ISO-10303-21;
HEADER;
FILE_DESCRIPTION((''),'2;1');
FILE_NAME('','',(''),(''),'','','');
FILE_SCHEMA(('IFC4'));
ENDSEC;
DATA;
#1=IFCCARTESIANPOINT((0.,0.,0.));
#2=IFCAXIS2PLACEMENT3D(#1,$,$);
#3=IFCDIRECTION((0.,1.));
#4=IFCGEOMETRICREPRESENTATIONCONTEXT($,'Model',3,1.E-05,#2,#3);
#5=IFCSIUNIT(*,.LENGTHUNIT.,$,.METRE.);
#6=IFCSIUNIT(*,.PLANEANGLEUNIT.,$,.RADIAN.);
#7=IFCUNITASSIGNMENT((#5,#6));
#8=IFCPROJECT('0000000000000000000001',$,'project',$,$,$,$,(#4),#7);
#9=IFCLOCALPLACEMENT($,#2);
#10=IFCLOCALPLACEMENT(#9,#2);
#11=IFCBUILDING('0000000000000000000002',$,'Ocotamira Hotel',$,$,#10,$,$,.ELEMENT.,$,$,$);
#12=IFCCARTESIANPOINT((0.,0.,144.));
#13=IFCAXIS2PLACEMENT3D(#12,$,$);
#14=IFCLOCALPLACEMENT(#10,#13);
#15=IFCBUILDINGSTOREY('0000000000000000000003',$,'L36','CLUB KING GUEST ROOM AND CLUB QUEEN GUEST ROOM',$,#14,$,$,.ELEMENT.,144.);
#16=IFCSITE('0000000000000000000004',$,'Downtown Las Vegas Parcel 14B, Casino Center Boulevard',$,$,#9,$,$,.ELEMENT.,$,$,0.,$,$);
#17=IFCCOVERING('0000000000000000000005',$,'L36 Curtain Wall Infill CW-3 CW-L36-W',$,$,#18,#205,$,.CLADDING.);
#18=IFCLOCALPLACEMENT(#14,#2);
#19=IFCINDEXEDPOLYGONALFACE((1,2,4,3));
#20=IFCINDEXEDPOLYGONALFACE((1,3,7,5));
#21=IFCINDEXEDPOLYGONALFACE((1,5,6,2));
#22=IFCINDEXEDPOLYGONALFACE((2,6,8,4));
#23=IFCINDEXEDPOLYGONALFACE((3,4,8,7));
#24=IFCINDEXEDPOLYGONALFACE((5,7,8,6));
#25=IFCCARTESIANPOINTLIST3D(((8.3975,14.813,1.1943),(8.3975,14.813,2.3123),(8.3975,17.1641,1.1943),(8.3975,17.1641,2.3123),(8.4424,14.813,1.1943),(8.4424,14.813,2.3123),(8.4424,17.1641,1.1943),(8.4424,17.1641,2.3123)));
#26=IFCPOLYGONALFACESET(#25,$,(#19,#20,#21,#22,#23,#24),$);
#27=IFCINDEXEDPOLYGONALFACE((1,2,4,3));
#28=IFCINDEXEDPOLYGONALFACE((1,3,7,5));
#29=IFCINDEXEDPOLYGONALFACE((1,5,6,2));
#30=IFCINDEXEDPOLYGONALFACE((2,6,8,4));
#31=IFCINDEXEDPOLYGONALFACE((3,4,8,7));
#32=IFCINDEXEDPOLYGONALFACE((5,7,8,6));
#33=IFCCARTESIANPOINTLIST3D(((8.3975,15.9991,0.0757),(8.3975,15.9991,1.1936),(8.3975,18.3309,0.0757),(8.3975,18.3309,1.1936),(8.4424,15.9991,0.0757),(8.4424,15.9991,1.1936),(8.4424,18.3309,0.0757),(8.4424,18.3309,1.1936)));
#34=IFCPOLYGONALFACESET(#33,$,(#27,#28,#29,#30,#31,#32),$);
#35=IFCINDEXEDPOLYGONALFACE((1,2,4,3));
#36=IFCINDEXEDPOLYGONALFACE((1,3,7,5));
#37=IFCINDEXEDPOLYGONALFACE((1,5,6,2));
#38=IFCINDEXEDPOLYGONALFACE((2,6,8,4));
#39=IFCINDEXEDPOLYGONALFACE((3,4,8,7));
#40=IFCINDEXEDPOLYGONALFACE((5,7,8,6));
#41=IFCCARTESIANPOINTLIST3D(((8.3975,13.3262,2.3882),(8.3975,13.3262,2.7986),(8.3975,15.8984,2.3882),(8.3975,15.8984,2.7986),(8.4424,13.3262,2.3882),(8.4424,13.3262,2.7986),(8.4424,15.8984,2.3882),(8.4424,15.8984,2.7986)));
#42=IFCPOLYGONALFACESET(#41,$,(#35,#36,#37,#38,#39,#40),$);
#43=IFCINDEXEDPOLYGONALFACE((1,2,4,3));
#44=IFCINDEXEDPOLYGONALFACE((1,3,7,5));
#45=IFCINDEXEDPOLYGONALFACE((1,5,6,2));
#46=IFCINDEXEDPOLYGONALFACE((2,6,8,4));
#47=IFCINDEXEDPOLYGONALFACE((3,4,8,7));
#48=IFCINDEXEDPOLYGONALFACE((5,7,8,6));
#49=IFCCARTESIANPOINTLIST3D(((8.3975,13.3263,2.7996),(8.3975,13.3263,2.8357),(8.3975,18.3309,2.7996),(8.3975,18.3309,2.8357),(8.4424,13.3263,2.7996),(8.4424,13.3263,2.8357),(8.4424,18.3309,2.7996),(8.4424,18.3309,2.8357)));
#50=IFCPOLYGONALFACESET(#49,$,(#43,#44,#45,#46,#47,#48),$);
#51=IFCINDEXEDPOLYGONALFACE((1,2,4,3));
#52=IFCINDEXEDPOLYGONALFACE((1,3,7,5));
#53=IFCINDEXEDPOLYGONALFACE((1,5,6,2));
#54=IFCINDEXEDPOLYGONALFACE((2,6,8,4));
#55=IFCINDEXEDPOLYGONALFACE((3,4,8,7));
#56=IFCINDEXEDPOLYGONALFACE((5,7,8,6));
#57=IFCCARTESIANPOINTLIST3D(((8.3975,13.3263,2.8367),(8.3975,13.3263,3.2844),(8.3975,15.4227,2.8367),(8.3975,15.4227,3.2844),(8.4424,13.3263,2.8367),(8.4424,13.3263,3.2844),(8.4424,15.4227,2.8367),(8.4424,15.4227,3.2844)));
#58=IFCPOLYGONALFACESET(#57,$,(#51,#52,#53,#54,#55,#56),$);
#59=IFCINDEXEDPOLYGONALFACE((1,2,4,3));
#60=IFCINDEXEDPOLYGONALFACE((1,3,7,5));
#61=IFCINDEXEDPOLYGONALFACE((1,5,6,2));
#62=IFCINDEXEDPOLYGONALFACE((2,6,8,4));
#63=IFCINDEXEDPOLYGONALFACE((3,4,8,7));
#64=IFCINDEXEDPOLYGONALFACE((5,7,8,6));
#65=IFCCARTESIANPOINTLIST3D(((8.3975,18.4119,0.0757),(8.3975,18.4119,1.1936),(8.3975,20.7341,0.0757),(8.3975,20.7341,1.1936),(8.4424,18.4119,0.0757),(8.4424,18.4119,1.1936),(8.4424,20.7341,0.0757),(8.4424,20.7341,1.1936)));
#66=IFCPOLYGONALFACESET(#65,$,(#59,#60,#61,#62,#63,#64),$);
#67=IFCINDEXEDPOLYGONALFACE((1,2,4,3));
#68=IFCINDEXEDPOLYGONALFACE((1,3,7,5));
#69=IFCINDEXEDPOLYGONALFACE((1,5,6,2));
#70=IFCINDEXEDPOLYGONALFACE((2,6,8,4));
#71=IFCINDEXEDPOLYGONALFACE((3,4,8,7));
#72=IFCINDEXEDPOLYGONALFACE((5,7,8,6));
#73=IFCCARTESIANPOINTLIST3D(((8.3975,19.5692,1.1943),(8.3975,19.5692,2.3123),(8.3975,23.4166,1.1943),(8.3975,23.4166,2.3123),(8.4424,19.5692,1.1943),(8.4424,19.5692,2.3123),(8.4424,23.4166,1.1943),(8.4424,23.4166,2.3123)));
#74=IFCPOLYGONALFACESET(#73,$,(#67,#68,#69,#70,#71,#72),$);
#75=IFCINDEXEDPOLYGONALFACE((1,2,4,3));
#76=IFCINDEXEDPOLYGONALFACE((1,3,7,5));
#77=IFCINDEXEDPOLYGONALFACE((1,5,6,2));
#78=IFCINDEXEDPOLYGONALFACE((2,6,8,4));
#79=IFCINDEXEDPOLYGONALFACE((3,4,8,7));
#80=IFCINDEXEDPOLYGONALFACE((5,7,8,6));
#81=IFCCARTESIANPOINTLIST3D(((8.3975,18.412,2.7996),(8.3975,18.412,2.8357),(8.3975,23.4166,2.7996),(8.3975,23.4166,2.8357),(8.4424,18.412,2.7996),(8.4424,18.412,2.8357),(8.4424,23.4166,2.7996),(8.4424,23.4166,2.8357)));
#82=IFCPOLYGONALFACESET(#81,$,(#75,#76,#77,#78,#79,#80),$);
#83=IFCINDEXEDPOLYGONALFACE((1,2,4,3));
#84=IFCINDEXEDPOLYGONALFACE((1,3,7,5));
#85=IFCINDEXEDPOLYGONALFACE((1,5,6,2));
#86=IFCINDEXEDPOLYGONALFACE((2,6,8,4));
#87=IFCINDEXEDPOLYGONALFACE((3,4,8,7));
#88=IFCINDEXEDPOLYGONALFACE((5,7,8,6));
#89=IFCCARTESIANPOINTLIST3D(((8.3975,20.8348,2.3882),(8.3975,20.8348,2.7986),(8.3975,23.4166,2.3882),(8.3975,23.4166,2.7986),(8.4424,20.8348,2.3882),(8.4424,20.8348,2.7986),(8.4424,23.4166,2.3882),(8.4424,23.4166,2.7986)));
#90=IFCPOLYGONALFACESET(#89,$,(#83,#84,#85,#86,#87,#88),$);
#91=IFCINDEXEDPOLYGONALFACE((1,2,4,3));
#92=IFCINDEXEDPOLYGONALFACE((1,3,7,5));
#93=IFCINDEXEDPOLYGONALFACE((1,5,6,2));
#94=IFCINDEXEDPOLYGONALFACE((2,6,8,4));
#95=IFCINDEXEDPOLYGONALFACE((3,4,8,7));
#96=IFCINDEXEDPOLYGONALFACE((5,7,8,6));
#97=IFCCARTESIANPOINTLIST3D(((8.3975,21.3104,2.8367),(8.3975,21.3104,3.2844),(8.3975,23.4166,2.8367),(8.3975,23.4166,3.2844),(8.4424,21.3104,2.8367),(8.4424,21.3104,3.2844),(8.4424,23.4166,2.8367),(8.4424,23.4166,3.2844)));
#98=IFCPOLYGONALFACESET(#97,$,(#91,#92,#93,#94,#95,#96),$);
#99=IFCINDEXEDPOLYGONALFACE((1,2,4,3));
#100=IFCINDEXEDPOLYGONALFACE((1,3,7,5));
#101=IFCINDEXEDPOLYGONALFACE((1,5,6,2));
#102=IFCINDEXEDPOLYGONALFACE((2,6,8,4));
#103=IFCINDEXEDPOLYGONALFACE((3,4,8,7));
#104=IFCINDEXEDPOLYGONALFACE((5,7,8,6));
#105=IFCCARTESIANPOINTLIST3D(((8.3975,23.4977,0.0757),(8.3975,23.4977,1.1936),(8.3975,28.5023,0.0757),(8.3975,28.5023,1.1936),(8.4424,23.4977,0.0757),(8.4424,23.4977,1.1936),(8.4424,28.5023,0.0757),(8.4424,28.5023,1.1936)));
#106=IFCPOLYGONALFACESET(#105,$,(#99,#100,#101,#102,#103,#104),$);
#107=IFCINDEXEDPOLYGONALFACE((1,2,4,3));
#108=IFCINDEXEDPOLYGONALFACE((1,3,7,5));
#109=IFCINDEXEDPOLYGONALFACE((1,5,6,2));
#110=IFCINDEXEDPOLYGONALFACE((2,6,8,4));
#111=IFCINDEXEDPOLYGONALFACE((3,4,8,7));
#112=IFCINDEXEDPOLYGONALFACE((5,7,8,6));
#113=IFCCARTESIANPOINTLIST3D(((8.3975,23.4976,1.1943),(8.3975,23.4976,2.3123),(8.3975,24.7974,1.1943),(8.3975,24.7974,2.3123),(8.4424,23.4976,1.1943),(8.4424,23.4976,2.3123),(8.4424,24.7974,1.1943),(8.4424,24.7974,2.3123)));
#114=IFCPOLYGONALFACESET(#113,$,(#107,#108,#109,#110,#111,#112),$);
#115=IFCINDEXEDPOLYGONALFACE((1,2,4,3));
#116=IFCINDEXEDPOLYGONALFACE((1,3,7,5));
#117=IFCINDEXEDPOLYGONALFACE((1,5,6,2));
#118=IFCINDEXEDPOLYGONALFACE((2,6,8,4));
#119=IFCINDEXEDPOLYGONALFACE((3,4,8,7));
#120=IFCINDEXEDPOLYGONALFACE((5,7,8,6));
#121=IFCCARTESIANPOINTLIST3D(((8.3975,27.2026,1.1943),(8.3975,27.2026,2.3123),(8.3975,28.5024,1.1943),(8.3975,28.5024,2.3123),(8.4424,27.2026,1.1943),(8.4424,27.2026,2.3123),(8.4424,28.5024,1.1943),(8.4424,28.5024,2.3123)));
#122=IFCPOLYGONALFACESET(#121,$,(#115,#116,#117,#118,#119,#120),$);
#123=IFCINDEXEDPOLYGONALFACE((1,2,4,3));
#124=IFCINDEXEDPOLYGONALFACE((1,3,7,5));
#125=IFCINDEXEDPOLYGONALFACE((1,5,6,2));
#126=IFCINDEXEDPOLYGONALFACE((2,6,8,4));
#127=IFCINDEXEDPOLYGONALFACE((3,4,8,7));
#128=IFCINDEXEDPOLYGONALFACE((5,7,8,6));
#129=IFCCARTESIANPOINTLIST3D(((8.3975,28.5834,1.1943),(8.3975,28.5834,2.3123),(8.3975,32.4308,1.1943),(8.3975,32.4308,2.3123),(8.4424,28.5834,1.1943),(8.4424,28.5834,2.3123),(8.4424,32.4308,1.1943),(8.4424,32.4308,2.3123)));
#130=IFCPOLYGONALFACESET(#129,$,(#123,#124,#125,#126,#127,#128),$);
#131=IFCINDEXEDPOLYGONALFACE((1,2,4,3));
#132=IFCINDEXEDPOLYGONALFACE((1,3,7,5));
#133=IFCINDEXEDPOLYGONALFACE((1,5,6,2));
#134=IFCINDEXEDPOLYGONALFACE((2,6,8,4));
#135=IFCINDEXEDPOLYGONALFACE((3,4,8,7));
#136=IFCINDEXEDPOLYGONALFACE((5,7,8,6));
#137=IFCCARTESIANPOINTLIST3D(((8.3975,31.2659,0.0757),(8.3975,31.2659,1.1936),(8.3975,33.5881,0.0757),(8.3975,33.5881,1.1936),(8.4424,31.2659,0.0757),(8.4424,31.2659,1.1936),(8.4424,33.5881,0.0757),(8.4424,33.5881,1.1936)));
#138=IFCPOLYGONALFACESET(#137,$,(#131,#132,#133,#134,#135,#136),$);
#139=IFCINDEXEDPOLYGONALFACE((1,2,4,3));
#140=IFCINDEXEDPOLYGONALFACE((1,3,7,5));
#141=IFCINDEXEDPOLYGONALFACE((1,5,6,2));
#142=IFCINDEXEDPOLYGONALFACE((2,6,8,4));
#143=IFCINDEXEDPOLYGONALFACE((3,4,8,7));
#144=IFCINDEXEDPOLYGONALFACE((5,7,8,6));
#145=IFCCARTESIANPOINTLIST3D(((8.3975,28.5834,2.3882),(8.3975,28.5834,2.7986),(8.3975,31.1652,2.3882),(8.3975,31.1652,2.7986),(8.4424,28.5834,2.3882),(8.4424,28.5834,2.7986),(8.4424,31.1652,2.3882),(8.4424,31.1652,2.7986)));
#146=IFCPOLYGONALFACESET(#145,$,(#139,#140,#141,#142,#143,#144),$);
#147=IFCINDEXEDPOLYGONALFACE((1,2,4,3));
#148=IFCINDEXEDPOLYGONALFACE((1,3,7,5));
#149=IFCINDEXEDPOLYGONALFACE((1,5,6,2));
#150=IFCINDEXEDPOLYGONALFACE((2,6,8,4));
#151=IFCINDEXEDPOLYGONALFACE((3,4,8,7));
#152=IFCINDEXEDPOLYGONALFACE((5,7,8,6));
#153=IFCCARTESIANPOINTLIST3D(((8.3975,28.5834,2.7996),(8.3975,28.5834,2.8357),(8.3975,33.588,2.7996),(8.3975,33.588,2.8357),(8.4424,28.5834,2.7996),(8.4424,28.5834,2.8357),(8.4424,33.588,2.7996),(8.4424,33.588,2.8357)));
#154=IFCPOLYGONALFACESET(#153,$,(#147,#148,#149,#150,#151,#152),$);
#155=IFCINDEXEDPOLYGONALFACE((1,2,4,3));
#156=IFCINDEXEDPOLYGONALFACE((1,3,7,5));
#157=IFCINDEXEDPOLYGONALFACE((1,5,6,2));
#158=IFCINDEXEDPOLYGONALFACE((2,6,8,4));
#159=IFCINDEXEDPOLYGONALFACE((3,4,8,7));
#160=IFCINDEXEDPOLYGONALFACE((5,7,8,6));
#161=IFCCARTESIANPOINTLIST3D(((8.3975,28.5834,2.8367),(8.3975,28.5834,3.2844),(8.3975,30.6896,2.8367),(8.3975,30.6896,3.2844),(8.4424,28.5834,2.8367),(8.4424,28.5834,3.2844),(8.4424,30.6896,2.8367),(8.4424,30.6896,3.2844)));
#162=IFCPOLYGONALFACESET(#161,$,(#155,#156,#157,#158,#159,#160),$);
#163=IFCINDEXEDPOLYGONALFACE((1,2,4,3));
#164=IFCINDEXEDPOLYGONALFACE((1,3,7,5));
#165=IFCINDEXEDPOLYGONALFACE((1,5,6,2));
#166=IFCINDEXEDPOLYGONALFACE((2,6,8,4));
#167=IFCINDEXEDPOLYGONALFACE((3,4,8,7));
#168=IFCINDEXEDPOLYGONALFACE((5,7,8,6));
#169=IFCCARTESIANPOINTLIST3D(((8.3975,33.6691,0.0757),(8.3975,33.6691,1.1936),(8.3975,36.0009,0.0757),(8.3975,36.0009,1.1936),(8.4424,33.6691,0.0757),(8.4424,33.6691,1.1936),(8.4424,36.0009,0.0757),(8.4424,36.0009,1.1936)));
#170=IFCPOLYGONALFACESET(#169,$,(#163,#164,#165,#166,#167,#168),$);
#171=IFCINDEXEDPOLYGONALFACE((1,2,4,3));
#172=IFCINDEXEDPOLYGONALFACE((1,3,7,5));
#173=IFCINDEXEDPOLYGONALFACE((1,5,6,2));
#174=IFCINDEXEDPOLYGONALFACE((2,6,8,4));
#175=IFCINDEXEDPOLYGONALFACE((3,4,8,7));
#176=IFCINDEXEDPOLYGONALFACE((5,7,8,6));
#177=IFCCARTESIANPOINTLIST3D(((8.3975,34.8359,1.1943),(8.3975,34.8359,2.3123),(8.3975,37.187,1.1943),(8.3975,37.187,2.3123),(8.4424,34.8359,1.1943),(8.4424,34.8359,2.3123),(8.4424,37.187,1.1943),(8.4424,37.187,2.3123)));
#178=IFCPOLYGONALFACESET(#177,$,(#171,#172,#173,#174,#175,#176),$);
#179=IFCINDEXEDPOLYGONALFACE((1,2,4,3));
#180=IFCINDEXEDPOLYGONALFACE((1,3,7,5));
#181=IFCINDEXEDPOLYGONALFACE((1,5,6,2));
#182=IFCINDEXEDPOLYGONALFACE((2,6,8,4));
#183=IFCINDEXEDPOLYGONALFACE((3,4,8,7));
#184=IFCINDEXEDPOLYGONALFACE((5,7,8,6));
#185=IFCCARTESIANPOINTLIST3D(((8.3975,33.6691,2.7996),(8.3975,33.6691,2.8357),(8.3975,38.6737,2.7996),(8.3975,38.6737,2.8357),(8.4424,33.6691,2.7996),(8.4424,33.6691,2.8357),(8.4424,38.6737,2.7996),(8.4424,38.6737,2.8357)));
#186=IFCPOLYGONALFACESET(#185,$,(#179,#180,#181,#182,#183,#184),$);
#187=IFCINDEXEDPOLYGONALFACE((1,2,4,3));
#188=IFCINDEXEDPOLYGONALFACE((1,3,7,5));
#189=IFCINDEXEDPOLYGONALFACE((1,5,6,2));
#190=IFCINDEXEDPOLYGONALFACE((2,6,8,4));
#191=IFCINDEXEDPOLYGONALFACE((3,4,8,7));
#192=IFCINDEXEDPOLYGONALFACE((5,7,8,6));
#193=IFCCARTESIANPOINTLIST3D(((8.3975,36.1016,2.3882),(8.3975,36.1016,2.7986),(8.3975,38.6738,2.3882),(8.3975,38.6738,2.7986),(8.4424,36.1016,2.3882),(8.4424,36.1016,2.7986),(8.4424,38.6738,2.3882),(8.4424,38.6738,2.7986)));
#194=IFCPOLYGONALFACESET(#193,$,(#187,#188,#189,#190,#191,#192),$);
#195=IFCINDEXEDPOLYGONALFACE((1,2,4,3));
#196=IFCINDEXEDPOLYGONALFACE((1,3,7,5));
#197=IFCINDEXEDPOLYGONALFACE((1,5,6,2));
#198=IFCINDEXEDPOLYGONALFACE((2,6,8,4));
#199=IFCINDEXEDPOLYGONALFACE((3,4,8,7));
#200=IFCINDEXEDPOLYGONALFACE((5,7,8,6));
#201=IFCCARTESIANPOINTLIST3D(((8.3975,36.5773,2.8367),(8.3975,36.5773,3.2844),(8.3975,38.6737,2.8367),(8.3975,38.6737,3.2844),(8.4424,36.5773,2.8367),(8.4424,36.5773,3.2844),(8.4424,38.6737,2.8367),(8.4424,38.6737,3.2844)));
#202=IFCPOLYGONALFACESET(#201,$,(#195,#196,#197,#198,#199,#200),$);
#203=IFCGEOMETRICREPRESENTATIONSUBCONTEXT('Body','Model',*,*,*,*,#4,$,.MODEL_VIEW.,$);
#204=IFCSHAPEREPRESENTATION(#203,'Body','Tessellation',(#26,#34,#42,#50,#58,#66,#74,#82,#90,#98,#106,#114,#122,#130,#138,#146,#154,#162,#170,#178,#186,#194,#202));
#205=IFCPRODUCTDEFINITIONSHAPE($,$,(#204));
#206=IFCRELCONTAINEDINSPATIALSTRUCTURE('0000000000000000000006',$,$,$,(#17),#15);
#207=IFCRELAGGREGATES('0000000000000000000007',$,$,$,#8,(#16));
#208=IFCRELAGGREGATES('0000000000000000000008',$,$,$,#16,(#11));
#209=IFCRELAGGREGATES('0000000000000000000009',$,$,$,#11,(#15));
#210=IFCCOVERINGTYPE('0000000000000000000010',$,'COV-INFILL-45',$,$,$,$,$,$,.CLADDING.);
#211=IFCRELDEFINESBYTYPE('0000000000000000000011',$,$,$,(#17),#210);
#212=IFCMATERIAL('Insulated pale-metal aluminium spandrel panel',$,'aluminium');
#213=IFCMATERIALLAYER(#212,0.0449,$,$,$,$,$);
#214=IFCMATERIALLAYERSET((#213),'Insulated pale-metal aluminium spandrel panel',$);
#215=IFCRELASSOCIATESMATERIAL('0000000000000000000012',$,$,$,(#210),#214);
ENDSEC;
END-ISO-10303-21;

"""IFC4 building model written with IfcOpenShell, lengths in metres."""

from ifc_helpers import new_model, si_unit, direction, frame, origin, origin_2d, place, context, subcontext, project, spatial, rectangle, extrude, material, layer, layer_set, type_object, element, save


model = new_model("IFC4")

# Units and contexts
model_context = context("Model", 3, precision=1e-05, world=origin(), true_north=direction((0.0, 1.0)))
body_context = subcontext(model_context, "Body", "Model", "MODEL_VIEW")
ifc_project = project(units=[si_unit("LENGTHUNIT", "METRE"), si_unit("PLANEANGLEUNIT", "RADIAN")], contexts=[model_context])

# Site, building, storey
site_placement = place(None, origin())
site = spatial("IfcSite", under=ifc_project, at=site_placement, Name="Downtown Las Vegas Parcel 14B, Casino Center Boulevard", CompositionType="ELEMENT", RefElevation=0.0)
building_placement = place(site_placement, origin())
building = spatial("IfcBuilding", under=site, at=building_placement, Name="Ocotamira Hotel", CompositionType="ELEMENT")
storey_placement = place(building_placement, frame((0.0, 0.0, 144.0)))
storey = spatial("IfcBuildingStorey", under=building, at=storey_placement, Name="L36", Description="CLUB KING GUEST ROOM AND CLUB QUEEN GUEST ROOM", CompositionType="ELEMENT", Elevation=144.0)

# Covering
ifc_material_1 = material(Name="Insulated pale-metal aluminium spandrel panel", Category="aluminium")
ifc_layer_1 = layer(ifc_material_1, 0.0449)
ifc_layer_set_1 = layer_set([ifc_layer_1], Name="Insulated pale-metal aluminium spandrel panel")
covering_type_1 = type_object("IfcCoveringType", Name="COV-INFILL-45", PredefinedType="CLADDING", material=ifc_layer_set_1)
covering_1_placement = place(storey_placement, origin())
element("IfcCovering", 1, at=covering_1_placement, inside=storey, type_object=covering_type_1, Name="L36 Curtain Wall Infill CW-3 CW-L36-W", PredefinedType="CLADDING", context=body_context, shape_type="SweptSolid", body=[
    extrude(rectangle(XDim=2.3511, YDim=0.0449, at=origin_2d()), frame((8.4199, 15.9885, 1.1943), z_axis=(0.0, 0.0, 1.0), x_axis=(0.0, 1.0, 0.0)), (0.0, 0.0, 1.0), 1.1179),
    extrude(rectangle(XDim=2.3318, YDim=0.0449, at=origin_2d()), frame((8.4199, 17.165, 0.0757), z_axis=(0.0, 0.0, 1.0), x_axis=(0.0, 1.0, 0.0)), (0.0, 0.0, 1.0), 1.1179),
    extrude(rectangle(XDim=2.5723, YDim=0.0449, at=origin_2d()), frame((8.4199, 14.6123, 2.3882), z_axis=(0.0, 0.0, 1.0), x_axis=(0.0, 1.0, 0.0)), (0.0, 0.0, 1.0), 0.4104),
    extrude(rectangle(XDim=5.0046, YDim=0.0449, at=origin_2d()), frame((8.4199, 15.8286, 2.7996), z_axis=(0.0, 0.0, 1.0), x_axis=(0.0, 1.0, 0.0)), (0.0, 0.0, 1.0), 0.0361),
    extrude(rectangle(XDim=2.0964, YDim=0.0449, at=origin_2d()), frame((8.4199, 14.3745, 2.8367), z_axis=(0.0, 0.0, 1.0), x_axis=(0.0, 1.0, 0.0)), (0.0, 0.0, 1.0), 0.4478),
    extrude(rectangle(XDim=2.3223, YDim=0.0449, at=origin_2d()), frame((8.4199, 19.573, 0.0757), z_axis=(0.0, 0.0, 1.0), x_axis=(0.0, 1.0, 0.0)), (0.0, 0.0, 1.0), 1.1179),
    extrude(rectangle(XDim=3.8474, YDim=0.0449, at=origin_2d()), frame((8.4199, 21.4929, 1.1943), z_axis=(0.0, 0.0, 1.0), x_axis=(0.0, 1.0, 0.0)), (0.0, 0.0, 1.0), 1.1179),
    extrude(rectangle(XDim=5.0046, YDim=0.0449, at=origin_2d()), frame((8.4199, 20.9143, 2.7996), z_axis=(0.0, 0.0, 1.0), x_axis=(0.0, 1.0, 0.0)), (0.0, 0.0, 1.0), 0.0361),
    extrude(rectangle(XDim=2.5818, YDim=0.0449, at=origin_2d()), frame((8.4199, 22.1257, 2.3882), z_axis=(0.0, 0.0, 1.0), x_axis=(0.0, 1.0, 0.0)), (0.0, 0.0, 1.0), 0.4104),
    extrude(rectangle(XDim=2.1062, YDim=0.0449, at=origin_2d()), frame((8.4199, 22.3635, 2.8367), z_axis=(0.0, 0.0, 1.0), x_axis=(0.0, 1.0, 0.0)), (0.0, 0.0, 1.0), 0.4478),
    extrude(rectangle(XDim=5.0046, YDim=0.0449, at=origin_2d()), frame((8.4199, 26.0, 0.0757), z_axis=(0.0, 0.0, 1.0), x_axis=(0.0, 1.0, 0.0)), (0.0, 0.0, 1.0), 1.1179),
    extrude(rectangle(XDim=1.2998, YDim=0.0449, at=origin_2d()), frame((8.4199, 24.1475, 1.1943), z_axis=(0.0, 0.0, 1.0), x_axis=(0.0, 1.0, 0.0)), (0.0, 0.0, 1.0), 1.1179),
    extrude(rectangle(XDim=1.2998, YDim=0.0449, at=origin_2d()), frame((8.4199, 27.8525, 1.1943), z_axis=(0.0, 0.0, 1.0), x_axis=(0.0, 1.0, 0.0)), (0.0, 0.0, 1.0), 1.1179),
    extrude(rectangle(XDim=3.8474, YDim=0.0449, at=origin_2d()), frame((8.4199, 30.5071, 1.1943), z_axis=(0.0, 0.0, 1.0), x_axis=(0.0, 1.0, 0.0)), (0.0, 0.0, 1.0), 1.1179),
    extrude(rectangle(XDim=2.3223, YDim=0.0449, at=origin_2d()), frame((8.4199, 32.427, 0.0757), z_axis=(0.0, 0.0, 1.0), x_axis=(0.0, 1.0, 0.0)), (0.0, 0.0, 1.0), 1.1179),
    extrude(rectangle(XDim=2.5818, YDim=0.0449, at=origin_2d()), frame((8.4199, 29.8743, 2.3882), z_axis=(0.0, 0.0, 1.0), x_axis=(0.0, 1.0, 0.0)), (0.0, 0.0, 1.0), 0.4104),
    extrude(rectangle(XDim=5.0046, YDim=0.0449, at=origin_2d()), frame((8.4199, 31.0857, 2.7996), z_axis=(0.0, 0.0, 1.0), x_axis=(0.0, 1.0, 0.0)), (0.0, 0.0, 1.0), 0.0361),
    extrude(rectangle(XDim=2.1062, YDim=0.0449, at=origin_2d()), frame((8.4199, 29.6365, 2.8367), z_axis=(0.0, 0.0, 1.0), x_axis=(0.0, 1.0, 0.0)), (0.0, 0.0, 1.0), 0.4478),
    extrude(rectangle(XDim=2.3318, YDim=0.0449, at=origin_2d()), frame((8.4199, 34.835, 0.0757), z_axis=(0.0, 0.0, 1.0), x_axis=(0.0, 1.0, 0.0)), (0.0, 0.0, 1.0), 1.1179),
    extrude(rectangle(XDim=2.3511, YDim=0.0449, at=origin_2d()), frame((8.4199, 36.0115, 1.1943), z_axis=(0.0, 0.0, 1.0), x_axis=(0.0, 1.0, 0.0)), (0.0, 0.0, 1.0), 1.1179),
    extrude(rectangle(XDim=5.0046, YDim=0.0449, at=origin_2d()), frame((8.4199, 36.1714, 2.7996), z_axis=(0.0, 0.0, 1.0), x_axis=(0.0, 1.0, 0.0)), (0.0, 0.0, 1.0), 0.0361),
    extrude(rectangle(XDim=2.5723, YDim=0.0449, at=origin_2d()), frame((8.4199, 37.3877, 2.3882), z_axis=(0.0, 0.0, 1.0), x_axis=(0.0, 1.0, 0.0)), (0.0, 0.0, 1.0), 0.4104),
    extrude(rectangle(XDim=2.0964, YDim=0.0449, at=origin_2d()), frame((8.4199, 37.6255, 2.8367), z_axis=(0.0, 0.0, 1.0), x_axis=(0.0, 1.0, 0.0)), (0.0, 0.0, 1.0), 0.4478),
])

save(model, "model.ifc")
